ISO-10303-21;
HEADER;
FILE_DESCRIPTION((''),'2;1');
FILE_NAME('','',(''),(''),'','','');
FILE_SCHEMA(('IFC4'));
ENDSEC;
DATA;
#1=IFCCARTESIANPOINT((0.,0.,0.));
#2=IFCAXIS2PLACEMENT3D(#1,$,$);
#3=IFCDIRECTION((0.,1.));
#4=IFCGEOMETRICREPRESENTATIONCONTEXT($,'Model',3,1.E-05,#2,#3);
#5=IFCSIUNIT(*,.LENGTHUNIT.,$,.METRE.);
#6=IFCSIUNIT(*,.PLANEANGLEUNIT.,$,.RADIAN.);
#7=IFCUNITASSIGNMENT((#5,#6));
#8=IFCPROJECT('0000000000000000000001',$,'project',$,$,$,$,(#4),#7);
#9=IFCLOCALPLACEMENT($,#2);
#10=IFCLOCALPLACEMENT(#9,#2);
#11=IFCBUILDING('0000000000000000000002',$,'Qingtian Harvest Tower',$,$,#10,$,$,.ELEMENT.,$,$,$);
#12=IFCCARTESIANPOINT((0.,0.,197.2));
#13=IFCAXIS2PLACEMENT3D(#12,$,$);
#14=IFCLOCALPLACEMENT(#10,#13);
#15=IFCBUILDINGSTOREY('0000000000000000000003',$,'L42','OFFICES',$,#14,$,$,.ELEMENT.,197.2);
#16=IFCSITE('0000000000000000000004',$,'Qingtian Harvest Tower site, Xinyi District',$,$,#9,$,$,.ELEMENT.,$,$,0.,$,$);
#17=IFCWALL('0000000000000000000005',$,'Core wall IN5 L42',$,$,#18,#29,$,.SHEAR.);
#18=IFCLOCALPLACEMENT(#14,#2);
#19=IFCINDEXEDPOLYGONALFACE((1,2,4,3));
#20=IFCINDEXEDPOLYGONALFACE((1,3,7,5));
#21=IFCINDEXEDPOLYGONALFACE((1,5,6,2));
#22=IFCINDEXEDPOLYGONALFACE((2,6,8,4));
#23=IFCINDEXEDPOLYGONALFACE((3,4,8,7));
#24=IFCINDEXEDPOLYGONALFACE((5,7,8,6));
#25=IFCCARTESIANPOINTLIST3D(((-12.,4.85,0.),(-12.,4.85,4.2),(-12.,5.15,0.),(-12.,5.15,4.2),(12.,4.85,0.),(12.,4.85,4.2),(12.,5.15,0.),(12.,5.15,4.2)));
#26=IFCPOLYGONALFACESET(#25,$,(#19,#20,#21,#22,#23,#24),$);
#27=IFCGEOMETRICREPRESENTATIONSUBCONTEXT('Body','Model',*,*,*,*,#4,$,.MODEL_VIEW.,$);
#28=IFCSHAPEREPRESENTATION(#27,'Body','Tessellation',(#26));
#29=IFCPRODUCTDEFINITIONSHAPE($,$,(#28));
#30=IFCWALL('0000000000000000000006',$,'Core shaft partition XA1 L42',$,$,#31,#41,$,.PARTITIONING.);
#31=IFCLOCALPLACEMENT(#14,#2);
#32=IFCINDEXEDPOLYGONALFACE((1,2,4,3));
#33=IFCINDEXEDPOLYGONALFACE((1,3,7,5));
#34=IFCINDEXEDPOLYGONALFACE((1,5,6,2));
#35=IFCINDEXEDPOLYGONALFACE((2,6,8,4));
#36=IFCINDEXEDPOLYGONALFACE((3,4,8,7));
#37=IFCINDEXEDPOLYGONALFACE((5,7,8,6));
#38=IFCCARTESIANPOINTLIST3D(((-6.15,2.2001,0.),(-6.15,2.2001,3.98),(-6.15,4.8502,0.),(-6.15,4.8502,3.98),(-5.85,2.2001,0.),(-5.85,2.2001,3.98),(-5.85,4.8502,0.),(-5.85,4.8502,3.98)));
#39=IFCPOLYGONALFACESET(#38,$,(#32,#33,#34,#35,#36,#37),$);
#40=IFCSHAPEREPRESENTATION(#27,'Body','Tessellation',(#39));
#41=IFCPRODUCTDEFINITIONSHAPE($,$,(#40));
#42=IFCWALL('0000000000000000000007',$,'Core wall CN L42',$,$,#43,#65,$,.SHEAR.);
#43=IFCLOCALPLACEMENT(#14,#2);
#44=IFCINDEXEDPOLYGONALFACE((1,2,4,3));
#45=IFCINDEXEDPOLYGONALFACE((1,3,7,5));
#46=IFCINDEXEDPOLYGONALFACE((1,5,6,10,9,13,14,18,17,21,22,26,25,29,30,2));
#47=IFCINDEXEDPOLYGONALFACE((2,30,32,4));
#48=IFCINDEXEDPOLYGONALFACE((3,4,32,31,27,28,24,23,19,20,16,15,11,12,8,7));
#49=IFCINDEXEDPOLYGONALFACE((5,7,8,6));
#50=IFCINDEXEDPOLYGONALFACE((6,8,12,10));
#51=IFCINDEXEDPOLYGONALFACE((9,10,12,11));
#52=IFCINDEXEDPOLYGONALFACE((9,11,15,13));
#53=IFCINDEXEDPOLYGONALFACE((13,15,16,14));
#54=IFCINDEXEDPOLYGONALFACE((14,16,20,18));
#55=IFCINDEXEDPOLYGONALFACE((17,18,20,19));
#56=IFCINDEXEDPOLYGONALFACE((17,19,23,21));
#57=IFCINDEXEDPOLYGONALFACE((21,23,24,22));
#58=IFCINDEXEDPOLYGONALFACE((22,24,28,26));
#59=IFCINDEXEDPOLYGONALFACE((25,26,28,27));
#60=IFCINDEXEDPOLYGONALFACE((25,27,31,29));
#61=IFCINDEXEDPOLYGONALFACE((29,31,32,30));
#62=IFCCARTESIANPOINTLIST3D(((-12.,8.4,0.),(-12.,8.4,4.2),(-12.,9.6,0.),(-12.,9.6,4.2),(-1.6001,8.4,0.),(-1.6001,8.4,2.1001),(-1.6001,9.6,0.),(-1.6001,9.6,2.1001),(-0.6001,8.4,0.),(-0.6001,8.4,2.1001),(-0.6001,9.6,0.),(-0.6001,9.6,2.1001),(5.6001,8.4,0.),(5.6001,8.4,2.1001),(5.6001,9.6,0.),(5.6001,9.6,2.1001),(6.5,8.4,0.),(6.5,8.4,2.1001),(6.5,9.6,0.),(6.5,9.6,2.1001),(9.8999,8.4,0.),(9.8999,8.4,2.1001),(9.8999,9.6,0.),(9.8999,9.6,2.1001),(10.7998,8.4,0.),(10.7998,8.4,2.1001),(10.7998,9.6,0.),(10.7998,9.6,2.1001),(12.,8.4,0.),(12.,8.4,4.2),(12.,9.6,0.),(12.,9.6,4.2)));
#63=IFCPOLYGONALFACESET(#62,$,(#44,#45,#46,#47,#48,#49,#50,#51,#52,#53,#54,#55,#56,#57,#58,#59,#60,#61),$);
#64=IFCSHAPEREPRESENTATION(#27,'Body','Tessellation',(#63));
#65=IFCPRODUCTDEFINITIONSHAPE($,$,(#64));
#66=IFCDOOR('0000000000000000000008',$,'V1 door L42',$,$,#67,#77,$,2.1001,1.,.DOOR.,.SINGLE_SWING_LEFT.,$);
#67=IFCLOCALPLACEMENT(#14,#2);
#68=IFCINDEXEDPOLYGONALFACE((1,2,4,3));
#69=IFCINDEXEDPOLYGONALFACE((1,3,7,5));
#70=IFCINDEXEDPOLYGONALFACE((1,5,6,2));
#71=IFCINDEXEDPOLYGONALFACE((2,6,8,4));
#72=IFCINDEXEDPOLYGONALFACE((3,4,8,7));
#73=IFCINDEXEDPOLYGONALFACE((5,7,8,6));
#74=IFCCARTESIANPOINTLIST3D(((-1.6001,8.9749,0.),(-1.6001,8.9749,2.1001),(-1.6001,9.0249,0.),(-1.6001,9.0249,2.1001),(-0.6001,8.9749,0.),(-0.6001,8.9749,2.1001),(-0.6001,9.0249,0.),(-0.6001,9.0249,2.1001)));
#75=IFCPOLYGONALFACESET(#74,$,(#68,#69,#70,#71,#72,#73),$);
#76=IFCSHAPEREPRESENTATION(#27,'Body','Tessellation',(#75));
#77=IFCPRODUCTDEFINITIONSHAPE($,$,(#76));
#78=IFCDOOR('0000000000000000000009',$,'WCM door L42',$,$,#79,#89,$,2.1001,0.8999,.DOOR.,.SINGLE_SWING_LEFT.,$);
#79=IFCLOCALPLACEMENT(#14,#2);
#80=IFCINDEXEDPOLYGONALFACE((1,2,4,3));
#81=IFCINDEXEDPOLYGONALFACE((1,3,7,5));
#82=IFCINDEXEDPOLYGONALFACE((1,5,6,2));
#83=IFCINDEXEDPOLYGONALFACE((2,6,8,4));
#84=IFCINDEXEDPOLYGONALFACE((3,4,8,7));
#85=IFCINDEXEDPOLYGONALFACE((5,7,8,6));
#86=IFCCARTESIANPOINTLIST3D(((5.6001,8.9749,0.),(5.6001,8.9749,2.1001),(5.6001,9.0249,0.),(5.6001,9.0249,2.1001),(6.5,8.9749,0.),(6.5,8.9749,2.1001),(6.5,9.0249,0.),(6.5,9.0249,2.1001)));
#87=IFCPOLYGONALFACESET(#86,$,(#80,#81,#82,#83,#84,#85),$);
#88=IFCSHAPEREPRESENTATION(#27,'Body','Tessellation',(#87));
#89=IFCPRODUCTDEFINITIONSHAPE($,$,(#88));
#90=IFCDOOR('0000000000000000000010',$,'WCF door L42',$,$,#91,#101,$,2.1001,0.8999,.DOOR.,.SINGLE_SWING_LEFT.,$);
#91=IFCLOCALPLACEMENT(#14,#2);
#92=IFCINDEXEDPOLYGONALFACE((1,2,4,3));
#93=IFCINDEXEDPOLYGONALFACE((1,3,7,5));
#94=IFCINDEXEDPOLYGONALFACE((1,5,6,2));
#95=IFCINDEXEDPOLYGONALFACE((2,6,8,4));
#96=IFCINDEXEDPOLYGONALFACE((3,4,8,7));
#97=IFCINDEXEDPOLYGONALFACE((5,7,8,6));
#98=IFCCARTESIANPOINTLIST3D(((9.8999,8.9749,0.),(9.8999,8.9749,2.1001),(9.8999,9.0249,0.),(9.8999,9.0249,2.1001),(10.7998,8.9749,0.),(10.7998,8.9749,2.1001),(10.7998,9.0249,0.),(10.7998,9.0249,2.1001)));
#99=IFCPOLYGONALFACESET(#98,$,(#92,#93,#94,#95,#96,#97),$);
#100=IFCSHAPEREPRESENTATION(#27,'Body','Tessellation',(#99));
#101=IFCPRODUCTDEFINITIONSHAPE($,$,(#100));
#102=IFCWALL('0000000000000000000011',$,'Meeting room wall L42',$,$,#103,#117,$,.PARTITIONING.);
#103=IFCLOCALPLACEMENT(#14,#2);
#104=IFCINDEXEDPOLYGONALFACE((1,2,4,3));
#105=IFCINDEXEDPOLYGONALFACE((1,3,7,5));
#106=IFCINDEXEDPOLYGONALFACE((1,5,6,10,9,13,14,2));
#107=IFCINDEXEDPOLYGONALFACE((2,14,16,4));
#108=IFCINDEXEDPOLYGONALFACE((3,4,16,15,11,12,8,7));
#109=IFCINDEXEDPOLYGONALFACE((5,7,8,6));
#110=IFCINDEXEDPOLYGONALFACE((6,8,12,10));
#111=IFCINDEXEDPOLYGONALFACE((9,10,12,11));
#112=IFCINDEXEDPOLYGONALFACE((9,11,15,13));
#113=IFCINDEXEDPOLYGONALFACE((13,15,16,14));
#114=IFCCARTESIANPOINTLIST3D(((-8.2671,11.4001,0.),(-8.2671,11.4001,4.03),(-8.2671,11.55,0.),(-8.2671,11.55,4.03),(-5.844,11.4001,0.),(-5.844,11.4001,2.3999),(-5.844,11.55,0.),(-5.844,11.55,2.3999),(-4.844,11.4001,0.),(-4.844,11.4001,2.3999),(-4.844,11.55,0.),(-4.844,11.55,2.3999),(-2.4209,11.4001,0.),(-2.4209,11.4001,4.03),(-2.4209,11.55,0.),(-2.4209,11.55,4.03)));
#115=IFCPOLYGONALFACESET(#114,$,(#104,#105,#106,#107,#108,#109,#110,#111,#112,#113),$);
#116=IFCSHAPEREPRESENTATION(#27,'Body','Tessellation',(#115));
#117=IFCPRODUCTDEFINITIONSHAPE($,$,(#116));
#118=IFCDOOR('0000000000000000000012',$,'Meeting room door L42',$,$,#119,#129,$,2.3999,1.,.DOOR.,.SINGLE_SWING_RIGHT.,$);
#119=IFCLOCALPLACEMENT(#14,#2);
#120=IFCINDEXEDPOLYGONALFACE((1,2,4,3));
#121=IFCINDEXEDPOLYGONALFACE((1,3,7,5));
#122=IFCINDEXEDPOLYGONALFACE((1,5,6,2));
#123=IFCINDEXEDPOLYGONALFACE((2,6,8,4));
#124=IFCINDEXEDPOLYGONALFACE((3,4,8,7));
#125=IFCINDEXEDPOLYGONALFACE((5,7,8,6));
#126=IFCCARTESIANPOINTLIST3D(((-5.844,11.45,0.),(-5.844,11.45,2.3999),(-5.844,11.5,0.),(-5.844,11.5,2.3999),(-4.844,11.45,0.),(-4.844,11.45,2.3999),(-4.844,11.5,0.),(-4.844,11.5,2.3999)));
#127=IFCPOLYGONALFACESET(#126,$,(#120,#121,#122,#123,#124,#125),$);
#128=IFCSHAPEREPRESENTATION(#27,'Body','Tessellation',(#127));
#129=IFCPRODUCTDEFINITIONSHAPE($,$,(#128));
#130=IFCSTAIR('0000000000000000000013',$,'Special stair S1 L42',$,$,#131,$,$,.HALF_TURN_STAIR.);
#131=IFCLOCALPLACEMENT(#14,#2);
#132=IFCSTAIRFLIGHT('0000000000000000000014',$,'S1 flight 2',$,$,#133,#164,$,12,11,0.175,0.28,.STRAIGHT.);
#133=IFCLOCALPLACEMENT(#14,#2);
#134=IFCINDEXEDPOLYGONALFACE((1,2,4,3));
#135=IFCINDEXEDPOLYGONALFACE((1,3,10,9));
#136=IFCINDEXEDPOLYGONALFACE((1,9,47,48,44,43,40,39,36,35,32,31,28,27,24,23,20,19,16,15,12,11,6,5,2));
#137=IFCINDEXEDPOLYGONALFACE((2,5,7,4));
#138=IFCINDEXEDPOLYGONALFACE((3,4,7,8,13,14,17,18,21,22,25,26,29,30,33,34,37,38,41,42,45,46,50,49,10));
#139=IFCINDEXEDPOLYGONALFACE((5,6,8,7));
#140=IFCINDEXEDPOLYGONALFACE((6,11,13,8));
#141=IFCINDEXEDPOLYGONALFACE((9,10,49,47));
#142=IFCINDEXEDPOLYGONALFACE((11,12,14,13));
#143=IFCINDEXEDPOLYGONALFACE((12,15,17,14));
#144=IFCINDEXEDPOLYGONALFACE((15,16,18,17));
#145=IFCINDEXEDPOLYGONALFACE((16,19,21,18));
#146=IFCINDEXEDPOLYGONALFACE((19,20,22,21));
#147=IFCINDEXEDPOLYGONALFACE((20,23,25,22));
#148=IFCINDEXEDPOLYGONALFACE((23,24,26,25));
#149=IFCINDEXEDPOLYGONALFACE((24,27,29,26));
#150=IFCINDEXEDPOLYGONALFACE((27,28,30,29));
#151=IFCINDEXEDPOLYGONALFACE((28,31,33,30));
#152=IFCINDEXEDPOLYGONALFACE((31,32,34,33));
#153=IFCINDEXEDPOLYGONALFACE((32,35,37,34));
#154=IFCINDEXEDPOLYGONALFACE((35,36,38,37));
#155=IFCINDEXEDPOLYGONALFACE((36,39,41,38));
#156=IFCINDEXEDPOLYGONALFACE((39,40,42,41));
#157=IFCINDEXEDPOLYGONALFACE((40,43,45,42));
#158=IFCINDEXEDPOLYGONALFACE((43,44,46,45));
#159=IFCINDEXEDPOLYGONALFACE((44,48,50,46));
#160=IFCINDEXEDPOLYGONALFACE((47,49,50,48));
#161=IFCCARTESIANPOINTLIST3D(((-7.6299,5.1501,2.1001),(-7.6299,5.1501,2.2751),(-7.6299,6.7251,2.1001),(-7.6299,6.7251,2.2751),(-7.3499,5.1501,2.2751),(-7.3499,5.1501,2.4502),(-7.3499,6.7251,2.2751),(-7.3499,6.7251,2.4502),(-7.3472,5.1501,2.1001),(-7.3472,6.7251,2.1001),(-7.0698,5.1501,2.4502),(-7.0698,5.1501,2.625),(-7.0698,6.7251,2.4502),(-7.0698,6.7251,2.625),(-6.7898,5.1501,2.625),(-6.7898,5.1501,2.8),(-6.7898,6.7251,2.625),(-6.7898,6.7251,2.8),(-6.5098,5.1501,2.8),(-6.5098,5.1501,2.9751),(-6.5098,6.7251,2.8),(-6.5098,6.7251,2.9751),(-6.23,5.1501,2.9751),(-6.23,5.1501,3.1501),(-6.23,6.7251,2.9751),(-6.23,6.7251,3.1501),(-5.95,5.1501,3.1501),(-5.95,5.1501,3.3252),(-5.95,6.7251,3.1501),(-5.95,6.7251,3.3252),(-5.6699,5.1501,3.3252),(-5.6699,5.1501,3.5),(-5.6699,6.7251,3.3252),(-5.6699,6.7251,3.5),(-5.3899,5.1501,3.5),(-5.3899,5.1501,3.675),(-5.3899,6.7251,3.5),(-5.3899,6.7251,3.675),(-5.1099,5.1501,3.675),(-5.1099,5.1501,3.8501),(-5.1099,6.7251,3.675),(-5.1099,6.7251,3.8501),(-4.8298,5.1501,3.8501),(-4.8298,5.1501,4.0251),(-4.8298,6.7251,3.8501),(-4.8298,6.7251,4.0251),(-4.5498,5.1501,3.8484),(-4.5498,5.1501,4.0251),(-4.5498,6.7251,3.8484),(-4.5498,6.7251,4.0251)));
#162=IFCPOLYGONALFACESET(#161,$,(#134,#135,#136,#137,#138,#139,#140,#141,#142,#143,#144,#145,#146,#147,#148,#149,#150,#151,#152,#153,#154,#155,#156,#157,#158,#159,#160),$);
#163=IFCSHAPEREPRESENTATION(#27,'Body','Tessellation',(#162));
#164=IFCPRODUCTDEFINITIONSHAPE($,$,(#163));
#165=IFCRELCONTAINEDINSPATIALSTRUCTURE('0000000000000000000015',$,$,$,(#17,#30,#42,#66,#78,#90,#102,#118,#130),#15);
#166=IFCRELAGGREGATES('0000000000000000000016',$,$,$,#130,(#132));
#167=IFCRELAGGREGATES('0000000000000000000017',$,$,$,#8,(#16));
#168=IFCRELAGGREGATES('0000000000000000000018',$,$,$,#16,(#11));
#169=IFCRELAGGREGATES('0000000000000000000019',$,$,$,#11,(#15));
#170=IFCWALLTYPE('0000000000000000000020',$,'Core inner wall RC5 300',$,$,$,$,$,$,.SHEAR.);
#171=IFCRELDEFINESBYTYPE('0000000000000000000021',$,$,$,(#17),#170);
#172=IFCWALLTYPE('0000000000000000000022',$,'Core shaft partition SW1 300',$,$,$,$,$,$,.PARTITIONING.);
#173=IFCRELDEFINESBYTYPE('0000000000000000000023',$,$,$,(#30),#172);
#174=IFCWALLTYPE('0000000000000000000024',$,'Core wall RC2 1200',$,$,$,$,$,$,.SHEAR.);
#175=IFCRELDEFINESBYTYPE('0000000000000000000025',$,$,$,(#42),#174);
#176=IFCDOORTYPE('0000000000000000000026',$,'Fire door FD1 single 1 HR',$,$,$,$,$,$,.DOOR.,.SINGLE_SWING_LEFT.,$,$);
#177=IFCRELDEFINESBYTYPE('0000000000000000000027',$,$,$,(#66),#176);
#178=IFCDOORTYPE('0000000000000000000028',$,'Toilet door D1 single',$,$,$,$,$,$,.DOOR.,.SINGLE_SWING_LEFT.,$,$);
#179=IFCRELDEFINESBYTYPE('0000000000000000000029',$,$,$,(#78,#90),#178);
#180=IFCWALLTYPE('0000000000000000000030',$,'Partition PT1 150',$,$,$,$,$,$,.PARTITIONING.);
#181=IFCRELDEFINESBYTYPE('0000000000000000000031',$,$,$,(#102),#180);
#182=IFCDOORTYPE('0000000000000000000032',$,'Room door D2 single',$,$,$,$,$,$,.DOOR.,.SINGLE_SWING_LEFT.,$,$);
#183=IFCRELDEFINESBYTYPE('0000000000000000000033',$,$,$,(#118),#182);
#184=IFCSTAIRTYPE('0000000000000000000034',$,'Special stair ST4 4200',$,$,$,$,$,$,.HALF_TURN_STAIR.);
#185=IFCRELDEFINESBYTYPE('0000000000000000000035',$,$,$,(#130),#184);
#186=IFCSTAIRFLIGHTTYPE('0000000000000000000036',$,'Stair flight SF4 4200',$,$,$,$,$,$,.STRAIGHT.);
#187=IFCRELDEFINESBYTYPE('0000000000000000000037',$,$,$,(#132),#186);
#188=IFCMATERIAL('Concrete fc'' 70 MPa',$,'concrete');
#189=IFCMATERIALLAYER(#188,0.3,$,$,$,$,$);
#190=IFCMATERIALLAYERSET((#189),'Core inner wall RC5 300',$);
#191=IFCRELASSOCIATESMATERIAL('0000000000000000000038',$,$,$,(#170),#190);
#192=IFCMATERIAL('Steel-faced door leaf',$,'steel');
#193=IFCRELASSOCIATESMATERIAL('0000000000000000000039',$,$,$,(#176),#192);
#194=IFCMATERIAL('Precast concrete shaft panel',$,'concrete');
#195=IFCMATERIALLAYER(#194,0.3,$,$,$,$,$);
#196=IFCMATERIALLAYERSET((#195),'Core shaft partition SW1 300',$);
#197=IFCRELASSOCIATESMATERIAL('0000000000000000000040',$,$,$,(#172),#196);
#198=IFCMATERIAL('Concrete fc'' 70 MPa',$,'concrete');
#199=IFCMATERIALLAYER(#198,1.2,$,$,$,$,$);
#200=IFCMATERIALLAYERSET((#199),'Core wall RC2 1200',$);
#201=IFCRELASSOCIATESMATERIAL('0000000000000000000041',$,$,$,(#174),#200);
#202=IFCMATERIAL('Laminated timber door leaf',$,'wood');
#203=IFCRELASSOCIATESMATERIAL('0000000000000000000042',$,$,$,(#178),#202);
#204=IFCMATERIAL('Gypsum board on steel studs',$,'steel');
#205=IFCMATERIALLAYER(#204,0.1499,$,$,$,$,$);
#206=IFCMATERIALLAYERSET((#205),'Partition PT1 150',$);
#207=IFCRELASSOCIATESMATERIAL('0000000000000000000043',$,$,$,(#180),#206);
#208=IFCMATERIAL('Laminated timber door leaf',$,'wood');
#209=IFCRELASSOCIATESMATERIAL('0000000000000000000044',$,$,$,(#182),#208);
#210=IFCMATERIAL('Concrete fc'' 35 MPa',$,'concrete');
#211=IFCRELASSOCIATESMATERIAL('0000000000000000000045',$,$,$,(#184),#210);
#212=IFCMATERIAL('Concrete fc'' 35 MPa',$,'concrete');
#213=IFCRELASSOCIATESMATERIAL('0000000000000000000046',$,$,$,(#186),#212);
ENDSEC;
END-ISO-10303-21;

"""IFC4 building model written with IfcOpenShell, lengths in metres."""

from ifc_helpers import new_model, si_unit, direction, frame, frame_2d, origin, place, context, subcontext, project, spatial, polyline, rectangle, outline, extrude, material, layer, layer_set, type_object, element, fill, aggregate, save


model = new_model("IFC4")

# Units and contexts
model_context = context("Model", 3, precision=1e-05, world=origin(), true_north=direction((0.0, 1.0)))
body_context = subcontext(model_context, "Body", "Model", "MODEL_VIEW")
ifc_project = project(units=[si_unit("LENGTHUNIT", "METRE"), si_unit("PLANEANGLEUNIT", "RADIAN")], contexts=[model_context])

# Site, building, storey
site_placement = place(None, origin())
site = spatial("IfcSite", under=ifc_project, at=site_placement, Name="Qingtian Harvest Tower site, Xinyi District", CompositionType="ELEMENT", RefElevation=0.0)
building_placement = place(site_placement, origin())
building = spatial("IfcBuilding", under=site, at=building_placement, Name="Qingtian Harvest Tower", CompositionType="ELEMENT")
storey_placement = place(building_placement, frame((0.0, 0.0, 197.2)))
storey = spatial("IfcBuildingStorey", under=building, at=storey_placement, Name="L42", Description="OFFICES", CompositionType="ELEMENT", Elevation=197.2)

# Wall
ifc_material_1 = material(Name="Concrete fc' 70 MPa", Category="concrete")
ifc_layer_1 = layer(ifc_material_1, 0.3)
ifc_layer_set_1 = layer_set([ifc_layer_1], Name="Core inner wall RC5 300")
wall_type_1 = type_object("IfcWallType", Name="Core inner wall RC5 300", PredefinedType="SHEAR", material=ifc_layer_set_1)
wall_1_placement = place(storey_placement, frame((-12.0, 5.0, 0.0), z_axis=(0.0, 0.0, 1.0), x_axis=(1.0, 0.0, 0.0)))
element("IfcWall", 1, at=wall_1_placement, inside=storey, type_object=wall_type_1, Name="Core wall IN5 L42", PredefinedType="SHEAR", context=body_context, shape_type="SweptSolid", body=[
    extrude(rectangle(XDim=24.0, YDim=0.3, at=frame_2d((12.0, 0.0))), origin(), (0.0, 0.0, 1.0), 4.2),
])

# Shared definitions
ifc_material_2 = material(Name="Steel-faced door leaf", Category="steel")
door_type_1 = type_object("IfcDoorType", Name="Fire door FD1 single 1 HR", OperationType="SINGLE_SWING_LEFT", PredefinedType="DOOR", material=ifc_material_2)

# Wall
ifc_material_3 = material(Name="Precast concrete shaft panel", Category="concrete")
ifc_layer_2 = layer(ifc_material_3, 0.3)
ifc_layer_set_2 = layer_set([ifc_layer_2], Name="Core shaft partition SW1 300")
wall_type_2 = type_object("IfcWallType", Name="Core shaft partition SW1 300", PredefinedType="PARTITIONING", material=ifc_layer_set_2)
wall_2_placement = place(storey_placement, frame((-6.0, 2.2, 0.0), z_axis=(0.0, 0.0, 1.0), x_axis=(0.0, 1.0, 0.0)))
element("IfcWall", 2, at=wall_2_placement, inside=storey, type_object=wall_type_2, Name="Core shaft partition XA1 L42", PredefinedType="PARTITIONING", context=body_context, shape_type="SweptSolid", body=[
    extrude(rectangle(XDim=2.6501, YDim=0.3, at=frame_2d((1.3252, 0.0))), origin(), (0.0, 0.0, 1.0), 3.98),
])

# Wall, openings, doors
ifc_material_4 = material(Name="Concrete fc' 70 MPa", Category="concrete")
ifc_layer_3 = layer(ifc_material_4, 1.2)
ifc_layer_set_3 = layer_set([ifc_layer_3], Name="Core wall RC2 1200")
wall_type_3 = type_object("IfcWallType", Name="Core wall RC2 1200", PredefinedType="SHEAR", material=ifc_layer_set_3)
wall_3_placement = place(storey_placement, frame((-12.0, 9.0, 0.0), z_axis=(0.0, 0.0, 1.0), x_axis=(1.0, 0.0, 0.0)))
wall_3 = element("IfcWall", 3, at=wall_3_placement, inside=storey, type_object=wall_type_3, Name="Core wall CN L42", PredefinedType="SHEAR", context=body_context, shape_type="SweptSolid", body=[
    extrude(rectangle(XDim=24.0, YDim=1.2, at=frame_2d((12.0, 0.0))), origin(), (0.0, 0.0, 1.0), 4.2),
])
opening_1_placement = place(wall_3_placement, frame((10.3999, 0.0, 0.0)))
opening_1 = element("IfcOpeningElement", 4, at=opening_1_placement, cuts=wall_3, PredefinedType="OPENING", context=body_context, shape_type="SweptSolid", body=[
    extrude(rectangle(XDim=1.0, YDim=2.1001, at=frame_2d((0.5, 1.05))), frame((0.0, 0.6099, 0.0), z_axis=(0.0, -1.0, 0.0), x_axis=(1.0, 0.0, 0.0)), (0.0, 0.0, 1.0), 1.22),
])
opening_2_placement = place(wall_3_placement, frame((17.6001, 0.0, 0.0)))
opening_2 = element("IfcOpeningElement", 5, at=opening_2_placement, cuts=wall_3, PredefinedType="OPENING", context=body_context, shape_type="SweptSolid", body=[
    extrude(rectangle(XDim=0.8999, YDim=2.1001, at=frame_2d((0.45, 1.05))), frame((0.0, 0.6099, 0.0), z_axis=(0.0, -1.0, 0.0), x_axis=(1.0, 0.0, 0.0)), (0.0, 0.0, 1.0), 1.22),
])
opening_3_placement = place(wall_3_placement, frame((21.8999, 0.0, 0.0)))
opening_3 = element("IfcOpeningElement", 6, at=opening_3_placement, cuts=wall_3, PredefinedType="OPENING", context=body_context, shape_type="SweptSolid", body=[
    extrude(rectangle(XDim=0.8999, YDim=2.1001, at=frame_2d((0.45, 1.05))), frame((0.0, 0.6099, 0.0), z_axis=(0.0, -1.0, 0.0), x_axis=(1.0, 0.0, 0.0)), (0.0, 0.0, 1.0), 1.22),
])
door_1_placement = place(opening_1_placement, origin())
door_1 = element("IfcDoor", 7, at=door_1_placement, inside=storey, type_object=door_type_1, Name="V1 door L42", OperationType="SINGLE_SWING_LEFT", OverallHeight=2.1001, OverallWidth=1.0, PredefinedType="DOOR", context=body_context, shape_type="SweptSolid", body=[
    extrude(rectangle(XDim=1.0, YDim=2.1001, at=frame_2d((0.5, 1.05))), frame((0.0, 0.0249, 0.0), z_axis=(0.0, -1.0, 0.0), x_axis=(1.0, 0.0, 0.0)), (0.0, 0.0, 1.0), 0.05),
])
fill(opening_1, door_1)
ifc_material_5 = material(Name="Laminated timber door leaf", Category="wood")
door_type_2 = type_object("IfcDoorType", Name="Toilet door D1 single", OperationType="SINGLE_SWING_LEFT", PredefinedType="DOOR", material=ifc_material_5)
door_2_placement = place(opening_2_placement, origin())
door_2 = element("IfcDoor", 8, at=door_2_placement, inside=storey, type_object=door_type_2, Name="WCM door L42", OperationType="SINGLE_SWING_LEFT", OverallHeight=2.1001, OverallWidth=0.8999, PredefinedType="DOOR", context=body_context, shape_type="SweptSolid", body=[
    extrude(rectangle(XDim=0.8999, YDim=2.1001, at=frame_2d((0.45, 1.05))), frame((0.0, 0.0249, 0.0), z_axis=(0.0, -1.0, 0.0), x_axis=(1.0, 0.0, 0.0)), (0.0, 0.0, 1.0), 0.05),
])
fill(opening_2, door_2)
door_3_placement = place(opening_3_placement, origin())
door_3 = element("IfcDoor", 9, at=door_3_placement, inside=storey, type_object=door_type_2, Name="WCF door L42", OperationType="SINGLE_SWING_LEFT", OverallHeight=2.1001, OverallWidth=0.8999, PredefinedType="DOOR", context=body_context, shape_type="SweptSolid", body=[
    extrude(rectangle(XDim=0.8999, YDim=2.1001, at=frame_2d((0.45, 1.05))), frame((0.0, 0.0249, 0.0), z_axis=(0.0, -1.0, 0.0), x_axis=(1.0, 0.0, 0.0)), (0.0, 0.0, 1.0), 0.05),
])
fill(opening_3, door_3)

# Wall, opening, door
ifc_material_6 = material(Name="Gypsum board on steel studs", Category="steel")
ifc_layer_4 = layer(ifc_material_6, 0.1499)
ifc_layer_set_4 = layer_set([ifc_layer_4], Name="Partition PT1 150")
wall_type_4 = type_object("IfcWallType", Name="Partition PT1 150", PredefinedType="PARTITIONING", material=ifc_layer_set_4)
wall_4_placement = place(storey_placement, frame((-8.2671, 11.4751, 0.0), z_axis=(0.0, 0.0, 1.0), x_axis=(1.0, 0.0, 0.0)))
wall_4 = element("IfcWall", 10, at=wall_4_placement, inside=storey, type_object=wall_type_4, Name="Meeting room wall L42", PredefinedType="PARTITIONING", context=body_context, shape_type="SweptSolid", body=[
    extrude(rectangle(XDim=5.8462, YDim=0.1499, at=frame_2d((2.9231, 0.0))), origin(), (0.0, 0.0, 1.0), 4.03),
])
opening_4_placement = place(wall_4_placement, frame((2.4231, 0.0, 0.0)))
opening_4 = element("IfcOpeningElement", 11, at=opening_4_placement, cuts=wall_4, PredefinedType="OPENING", context=body_context, shape_type="SweptSolid", body=[
    extrude(rectangle(XDim=1.0, YDim=2.3999, at=frame_2d((0.5, 1.2))), frame((0.0, 0.085, 0.0), z_axis=(0.0, -1.0, 0.0), x_axis=(1.0, 0.0, 0.0)), (0.0, 0.0, 1.0), 0.1699),
])
ifc_material_7 = material(Name="Laminated timber door leaf", Category="wood")
door_type_3 = type_object("IfcDoorType", Name="Room door D2 single", OperationType="SINGLE_SWING_LEFT", PredefinedType="DOOR", material=ifc_material_7)
door_4_placement = place(opening_4_placement, origin())
door_4 = element("IfcDoor", 12, at=door_4_placement, inside=storey, type_object=door_type_3, Name="Meeting room door L42", OperationType="SINGLE_SWING_RIGHT", OverallHeight=2.3999, OverallWidth=1.0, PredefinedType="DOOR", context=body_context, shape_type="SweptSolid", body=[
    extrude(rectangle(XDim=1.0, YDim=2.3999, at=frame_2d((0.5, 1.2))), frame((0.0, 0.0249, 0.0), z_axis=(0.0, -1.0, 0.0), x_axis=(1.0, 0.0, 0.0)), (0.0, 0.0, 1.0), 0.05),
])
fill(opening_4, door_4)

# Stair, stair flight
ifc_material_8 = material(Name="Concrete fc' 35 MPa", Category="concrete")
stair_type = type_object("IfcStairType", Name="Special stair ST4 4200", PredefinedType="HALF_TURN_STAIR", material=ifc_material_8)
stair_placement = place(storey_placement, origin())
stair = element("IfcStair", 13, at=stair_placement, inside=storey, type_object=stair_type, Name="Special stair S1 L42", PredefinedType="HALF_TURN_STAIR")
ifc_material_9 = material(Name="Concrete fc' 35 MPa", Category="concrete")
stair_flight_type = type_object("IfcStairFlightType", Name="Stair flight SF4 4200", PredefinedType="STRAIGHT", material=ifc_material_9)
stair_flight_placement = place(storey_placement, frame((-7.6299, 5.9375, 2.1001), z_axis=(0.0, 0.0, 1.0), x_axis=(1.0, 0.0, 0.0)))
stair_flight = element("IfcStairFlight", 14, at=stair_flight_placement, type_object=stair_flight_type, Name="S1 flight 2", NumberOfRisers=12, NumberOfTreads=11, PredefinedType="STRAIGHT", RiserHeight=0.175, TreadLength=0.28, context=body_context, shape_type="SweptSolid", body=[
    extrude(outline(polyline([(0.0, 0.0), (0.0, 0.175), (0.28, 0.175), (0.28, 0.3501), (0.5601, 0.3501), (0.5601, 0.5249), (0.8401, 0.5249), (0.8401, 0.7), (1.1201, 0.7), (1.1201, 0.875), (1.3999, 0.875), (1.3999, 1.05), (1.6799, 1.05), (1.6799, 1.2251), (1.96, 1.2251), (1.96, 1.3999), (2.24, 1.3999), (2.24, 1.575), (2.52, 1.575), (2.52, 1.75), (2.8, 1.75), (2.8, 1.925), (3.0801, 1.925), (3.0801, 2.1001), (3.0801, 1.7483), (0.2827, 0.0), (0.0, 0.0)])), frame((0.0, 0.7876, 0.0), z_axis=(0.0, -1.0, 0.0), x_axis=(1.0, 0.0, 0.0)), (0.0, 0.0, 1.0), 1.575),
])
aggregate(stair, [stair_flight])

save(model, "model.ifc")
